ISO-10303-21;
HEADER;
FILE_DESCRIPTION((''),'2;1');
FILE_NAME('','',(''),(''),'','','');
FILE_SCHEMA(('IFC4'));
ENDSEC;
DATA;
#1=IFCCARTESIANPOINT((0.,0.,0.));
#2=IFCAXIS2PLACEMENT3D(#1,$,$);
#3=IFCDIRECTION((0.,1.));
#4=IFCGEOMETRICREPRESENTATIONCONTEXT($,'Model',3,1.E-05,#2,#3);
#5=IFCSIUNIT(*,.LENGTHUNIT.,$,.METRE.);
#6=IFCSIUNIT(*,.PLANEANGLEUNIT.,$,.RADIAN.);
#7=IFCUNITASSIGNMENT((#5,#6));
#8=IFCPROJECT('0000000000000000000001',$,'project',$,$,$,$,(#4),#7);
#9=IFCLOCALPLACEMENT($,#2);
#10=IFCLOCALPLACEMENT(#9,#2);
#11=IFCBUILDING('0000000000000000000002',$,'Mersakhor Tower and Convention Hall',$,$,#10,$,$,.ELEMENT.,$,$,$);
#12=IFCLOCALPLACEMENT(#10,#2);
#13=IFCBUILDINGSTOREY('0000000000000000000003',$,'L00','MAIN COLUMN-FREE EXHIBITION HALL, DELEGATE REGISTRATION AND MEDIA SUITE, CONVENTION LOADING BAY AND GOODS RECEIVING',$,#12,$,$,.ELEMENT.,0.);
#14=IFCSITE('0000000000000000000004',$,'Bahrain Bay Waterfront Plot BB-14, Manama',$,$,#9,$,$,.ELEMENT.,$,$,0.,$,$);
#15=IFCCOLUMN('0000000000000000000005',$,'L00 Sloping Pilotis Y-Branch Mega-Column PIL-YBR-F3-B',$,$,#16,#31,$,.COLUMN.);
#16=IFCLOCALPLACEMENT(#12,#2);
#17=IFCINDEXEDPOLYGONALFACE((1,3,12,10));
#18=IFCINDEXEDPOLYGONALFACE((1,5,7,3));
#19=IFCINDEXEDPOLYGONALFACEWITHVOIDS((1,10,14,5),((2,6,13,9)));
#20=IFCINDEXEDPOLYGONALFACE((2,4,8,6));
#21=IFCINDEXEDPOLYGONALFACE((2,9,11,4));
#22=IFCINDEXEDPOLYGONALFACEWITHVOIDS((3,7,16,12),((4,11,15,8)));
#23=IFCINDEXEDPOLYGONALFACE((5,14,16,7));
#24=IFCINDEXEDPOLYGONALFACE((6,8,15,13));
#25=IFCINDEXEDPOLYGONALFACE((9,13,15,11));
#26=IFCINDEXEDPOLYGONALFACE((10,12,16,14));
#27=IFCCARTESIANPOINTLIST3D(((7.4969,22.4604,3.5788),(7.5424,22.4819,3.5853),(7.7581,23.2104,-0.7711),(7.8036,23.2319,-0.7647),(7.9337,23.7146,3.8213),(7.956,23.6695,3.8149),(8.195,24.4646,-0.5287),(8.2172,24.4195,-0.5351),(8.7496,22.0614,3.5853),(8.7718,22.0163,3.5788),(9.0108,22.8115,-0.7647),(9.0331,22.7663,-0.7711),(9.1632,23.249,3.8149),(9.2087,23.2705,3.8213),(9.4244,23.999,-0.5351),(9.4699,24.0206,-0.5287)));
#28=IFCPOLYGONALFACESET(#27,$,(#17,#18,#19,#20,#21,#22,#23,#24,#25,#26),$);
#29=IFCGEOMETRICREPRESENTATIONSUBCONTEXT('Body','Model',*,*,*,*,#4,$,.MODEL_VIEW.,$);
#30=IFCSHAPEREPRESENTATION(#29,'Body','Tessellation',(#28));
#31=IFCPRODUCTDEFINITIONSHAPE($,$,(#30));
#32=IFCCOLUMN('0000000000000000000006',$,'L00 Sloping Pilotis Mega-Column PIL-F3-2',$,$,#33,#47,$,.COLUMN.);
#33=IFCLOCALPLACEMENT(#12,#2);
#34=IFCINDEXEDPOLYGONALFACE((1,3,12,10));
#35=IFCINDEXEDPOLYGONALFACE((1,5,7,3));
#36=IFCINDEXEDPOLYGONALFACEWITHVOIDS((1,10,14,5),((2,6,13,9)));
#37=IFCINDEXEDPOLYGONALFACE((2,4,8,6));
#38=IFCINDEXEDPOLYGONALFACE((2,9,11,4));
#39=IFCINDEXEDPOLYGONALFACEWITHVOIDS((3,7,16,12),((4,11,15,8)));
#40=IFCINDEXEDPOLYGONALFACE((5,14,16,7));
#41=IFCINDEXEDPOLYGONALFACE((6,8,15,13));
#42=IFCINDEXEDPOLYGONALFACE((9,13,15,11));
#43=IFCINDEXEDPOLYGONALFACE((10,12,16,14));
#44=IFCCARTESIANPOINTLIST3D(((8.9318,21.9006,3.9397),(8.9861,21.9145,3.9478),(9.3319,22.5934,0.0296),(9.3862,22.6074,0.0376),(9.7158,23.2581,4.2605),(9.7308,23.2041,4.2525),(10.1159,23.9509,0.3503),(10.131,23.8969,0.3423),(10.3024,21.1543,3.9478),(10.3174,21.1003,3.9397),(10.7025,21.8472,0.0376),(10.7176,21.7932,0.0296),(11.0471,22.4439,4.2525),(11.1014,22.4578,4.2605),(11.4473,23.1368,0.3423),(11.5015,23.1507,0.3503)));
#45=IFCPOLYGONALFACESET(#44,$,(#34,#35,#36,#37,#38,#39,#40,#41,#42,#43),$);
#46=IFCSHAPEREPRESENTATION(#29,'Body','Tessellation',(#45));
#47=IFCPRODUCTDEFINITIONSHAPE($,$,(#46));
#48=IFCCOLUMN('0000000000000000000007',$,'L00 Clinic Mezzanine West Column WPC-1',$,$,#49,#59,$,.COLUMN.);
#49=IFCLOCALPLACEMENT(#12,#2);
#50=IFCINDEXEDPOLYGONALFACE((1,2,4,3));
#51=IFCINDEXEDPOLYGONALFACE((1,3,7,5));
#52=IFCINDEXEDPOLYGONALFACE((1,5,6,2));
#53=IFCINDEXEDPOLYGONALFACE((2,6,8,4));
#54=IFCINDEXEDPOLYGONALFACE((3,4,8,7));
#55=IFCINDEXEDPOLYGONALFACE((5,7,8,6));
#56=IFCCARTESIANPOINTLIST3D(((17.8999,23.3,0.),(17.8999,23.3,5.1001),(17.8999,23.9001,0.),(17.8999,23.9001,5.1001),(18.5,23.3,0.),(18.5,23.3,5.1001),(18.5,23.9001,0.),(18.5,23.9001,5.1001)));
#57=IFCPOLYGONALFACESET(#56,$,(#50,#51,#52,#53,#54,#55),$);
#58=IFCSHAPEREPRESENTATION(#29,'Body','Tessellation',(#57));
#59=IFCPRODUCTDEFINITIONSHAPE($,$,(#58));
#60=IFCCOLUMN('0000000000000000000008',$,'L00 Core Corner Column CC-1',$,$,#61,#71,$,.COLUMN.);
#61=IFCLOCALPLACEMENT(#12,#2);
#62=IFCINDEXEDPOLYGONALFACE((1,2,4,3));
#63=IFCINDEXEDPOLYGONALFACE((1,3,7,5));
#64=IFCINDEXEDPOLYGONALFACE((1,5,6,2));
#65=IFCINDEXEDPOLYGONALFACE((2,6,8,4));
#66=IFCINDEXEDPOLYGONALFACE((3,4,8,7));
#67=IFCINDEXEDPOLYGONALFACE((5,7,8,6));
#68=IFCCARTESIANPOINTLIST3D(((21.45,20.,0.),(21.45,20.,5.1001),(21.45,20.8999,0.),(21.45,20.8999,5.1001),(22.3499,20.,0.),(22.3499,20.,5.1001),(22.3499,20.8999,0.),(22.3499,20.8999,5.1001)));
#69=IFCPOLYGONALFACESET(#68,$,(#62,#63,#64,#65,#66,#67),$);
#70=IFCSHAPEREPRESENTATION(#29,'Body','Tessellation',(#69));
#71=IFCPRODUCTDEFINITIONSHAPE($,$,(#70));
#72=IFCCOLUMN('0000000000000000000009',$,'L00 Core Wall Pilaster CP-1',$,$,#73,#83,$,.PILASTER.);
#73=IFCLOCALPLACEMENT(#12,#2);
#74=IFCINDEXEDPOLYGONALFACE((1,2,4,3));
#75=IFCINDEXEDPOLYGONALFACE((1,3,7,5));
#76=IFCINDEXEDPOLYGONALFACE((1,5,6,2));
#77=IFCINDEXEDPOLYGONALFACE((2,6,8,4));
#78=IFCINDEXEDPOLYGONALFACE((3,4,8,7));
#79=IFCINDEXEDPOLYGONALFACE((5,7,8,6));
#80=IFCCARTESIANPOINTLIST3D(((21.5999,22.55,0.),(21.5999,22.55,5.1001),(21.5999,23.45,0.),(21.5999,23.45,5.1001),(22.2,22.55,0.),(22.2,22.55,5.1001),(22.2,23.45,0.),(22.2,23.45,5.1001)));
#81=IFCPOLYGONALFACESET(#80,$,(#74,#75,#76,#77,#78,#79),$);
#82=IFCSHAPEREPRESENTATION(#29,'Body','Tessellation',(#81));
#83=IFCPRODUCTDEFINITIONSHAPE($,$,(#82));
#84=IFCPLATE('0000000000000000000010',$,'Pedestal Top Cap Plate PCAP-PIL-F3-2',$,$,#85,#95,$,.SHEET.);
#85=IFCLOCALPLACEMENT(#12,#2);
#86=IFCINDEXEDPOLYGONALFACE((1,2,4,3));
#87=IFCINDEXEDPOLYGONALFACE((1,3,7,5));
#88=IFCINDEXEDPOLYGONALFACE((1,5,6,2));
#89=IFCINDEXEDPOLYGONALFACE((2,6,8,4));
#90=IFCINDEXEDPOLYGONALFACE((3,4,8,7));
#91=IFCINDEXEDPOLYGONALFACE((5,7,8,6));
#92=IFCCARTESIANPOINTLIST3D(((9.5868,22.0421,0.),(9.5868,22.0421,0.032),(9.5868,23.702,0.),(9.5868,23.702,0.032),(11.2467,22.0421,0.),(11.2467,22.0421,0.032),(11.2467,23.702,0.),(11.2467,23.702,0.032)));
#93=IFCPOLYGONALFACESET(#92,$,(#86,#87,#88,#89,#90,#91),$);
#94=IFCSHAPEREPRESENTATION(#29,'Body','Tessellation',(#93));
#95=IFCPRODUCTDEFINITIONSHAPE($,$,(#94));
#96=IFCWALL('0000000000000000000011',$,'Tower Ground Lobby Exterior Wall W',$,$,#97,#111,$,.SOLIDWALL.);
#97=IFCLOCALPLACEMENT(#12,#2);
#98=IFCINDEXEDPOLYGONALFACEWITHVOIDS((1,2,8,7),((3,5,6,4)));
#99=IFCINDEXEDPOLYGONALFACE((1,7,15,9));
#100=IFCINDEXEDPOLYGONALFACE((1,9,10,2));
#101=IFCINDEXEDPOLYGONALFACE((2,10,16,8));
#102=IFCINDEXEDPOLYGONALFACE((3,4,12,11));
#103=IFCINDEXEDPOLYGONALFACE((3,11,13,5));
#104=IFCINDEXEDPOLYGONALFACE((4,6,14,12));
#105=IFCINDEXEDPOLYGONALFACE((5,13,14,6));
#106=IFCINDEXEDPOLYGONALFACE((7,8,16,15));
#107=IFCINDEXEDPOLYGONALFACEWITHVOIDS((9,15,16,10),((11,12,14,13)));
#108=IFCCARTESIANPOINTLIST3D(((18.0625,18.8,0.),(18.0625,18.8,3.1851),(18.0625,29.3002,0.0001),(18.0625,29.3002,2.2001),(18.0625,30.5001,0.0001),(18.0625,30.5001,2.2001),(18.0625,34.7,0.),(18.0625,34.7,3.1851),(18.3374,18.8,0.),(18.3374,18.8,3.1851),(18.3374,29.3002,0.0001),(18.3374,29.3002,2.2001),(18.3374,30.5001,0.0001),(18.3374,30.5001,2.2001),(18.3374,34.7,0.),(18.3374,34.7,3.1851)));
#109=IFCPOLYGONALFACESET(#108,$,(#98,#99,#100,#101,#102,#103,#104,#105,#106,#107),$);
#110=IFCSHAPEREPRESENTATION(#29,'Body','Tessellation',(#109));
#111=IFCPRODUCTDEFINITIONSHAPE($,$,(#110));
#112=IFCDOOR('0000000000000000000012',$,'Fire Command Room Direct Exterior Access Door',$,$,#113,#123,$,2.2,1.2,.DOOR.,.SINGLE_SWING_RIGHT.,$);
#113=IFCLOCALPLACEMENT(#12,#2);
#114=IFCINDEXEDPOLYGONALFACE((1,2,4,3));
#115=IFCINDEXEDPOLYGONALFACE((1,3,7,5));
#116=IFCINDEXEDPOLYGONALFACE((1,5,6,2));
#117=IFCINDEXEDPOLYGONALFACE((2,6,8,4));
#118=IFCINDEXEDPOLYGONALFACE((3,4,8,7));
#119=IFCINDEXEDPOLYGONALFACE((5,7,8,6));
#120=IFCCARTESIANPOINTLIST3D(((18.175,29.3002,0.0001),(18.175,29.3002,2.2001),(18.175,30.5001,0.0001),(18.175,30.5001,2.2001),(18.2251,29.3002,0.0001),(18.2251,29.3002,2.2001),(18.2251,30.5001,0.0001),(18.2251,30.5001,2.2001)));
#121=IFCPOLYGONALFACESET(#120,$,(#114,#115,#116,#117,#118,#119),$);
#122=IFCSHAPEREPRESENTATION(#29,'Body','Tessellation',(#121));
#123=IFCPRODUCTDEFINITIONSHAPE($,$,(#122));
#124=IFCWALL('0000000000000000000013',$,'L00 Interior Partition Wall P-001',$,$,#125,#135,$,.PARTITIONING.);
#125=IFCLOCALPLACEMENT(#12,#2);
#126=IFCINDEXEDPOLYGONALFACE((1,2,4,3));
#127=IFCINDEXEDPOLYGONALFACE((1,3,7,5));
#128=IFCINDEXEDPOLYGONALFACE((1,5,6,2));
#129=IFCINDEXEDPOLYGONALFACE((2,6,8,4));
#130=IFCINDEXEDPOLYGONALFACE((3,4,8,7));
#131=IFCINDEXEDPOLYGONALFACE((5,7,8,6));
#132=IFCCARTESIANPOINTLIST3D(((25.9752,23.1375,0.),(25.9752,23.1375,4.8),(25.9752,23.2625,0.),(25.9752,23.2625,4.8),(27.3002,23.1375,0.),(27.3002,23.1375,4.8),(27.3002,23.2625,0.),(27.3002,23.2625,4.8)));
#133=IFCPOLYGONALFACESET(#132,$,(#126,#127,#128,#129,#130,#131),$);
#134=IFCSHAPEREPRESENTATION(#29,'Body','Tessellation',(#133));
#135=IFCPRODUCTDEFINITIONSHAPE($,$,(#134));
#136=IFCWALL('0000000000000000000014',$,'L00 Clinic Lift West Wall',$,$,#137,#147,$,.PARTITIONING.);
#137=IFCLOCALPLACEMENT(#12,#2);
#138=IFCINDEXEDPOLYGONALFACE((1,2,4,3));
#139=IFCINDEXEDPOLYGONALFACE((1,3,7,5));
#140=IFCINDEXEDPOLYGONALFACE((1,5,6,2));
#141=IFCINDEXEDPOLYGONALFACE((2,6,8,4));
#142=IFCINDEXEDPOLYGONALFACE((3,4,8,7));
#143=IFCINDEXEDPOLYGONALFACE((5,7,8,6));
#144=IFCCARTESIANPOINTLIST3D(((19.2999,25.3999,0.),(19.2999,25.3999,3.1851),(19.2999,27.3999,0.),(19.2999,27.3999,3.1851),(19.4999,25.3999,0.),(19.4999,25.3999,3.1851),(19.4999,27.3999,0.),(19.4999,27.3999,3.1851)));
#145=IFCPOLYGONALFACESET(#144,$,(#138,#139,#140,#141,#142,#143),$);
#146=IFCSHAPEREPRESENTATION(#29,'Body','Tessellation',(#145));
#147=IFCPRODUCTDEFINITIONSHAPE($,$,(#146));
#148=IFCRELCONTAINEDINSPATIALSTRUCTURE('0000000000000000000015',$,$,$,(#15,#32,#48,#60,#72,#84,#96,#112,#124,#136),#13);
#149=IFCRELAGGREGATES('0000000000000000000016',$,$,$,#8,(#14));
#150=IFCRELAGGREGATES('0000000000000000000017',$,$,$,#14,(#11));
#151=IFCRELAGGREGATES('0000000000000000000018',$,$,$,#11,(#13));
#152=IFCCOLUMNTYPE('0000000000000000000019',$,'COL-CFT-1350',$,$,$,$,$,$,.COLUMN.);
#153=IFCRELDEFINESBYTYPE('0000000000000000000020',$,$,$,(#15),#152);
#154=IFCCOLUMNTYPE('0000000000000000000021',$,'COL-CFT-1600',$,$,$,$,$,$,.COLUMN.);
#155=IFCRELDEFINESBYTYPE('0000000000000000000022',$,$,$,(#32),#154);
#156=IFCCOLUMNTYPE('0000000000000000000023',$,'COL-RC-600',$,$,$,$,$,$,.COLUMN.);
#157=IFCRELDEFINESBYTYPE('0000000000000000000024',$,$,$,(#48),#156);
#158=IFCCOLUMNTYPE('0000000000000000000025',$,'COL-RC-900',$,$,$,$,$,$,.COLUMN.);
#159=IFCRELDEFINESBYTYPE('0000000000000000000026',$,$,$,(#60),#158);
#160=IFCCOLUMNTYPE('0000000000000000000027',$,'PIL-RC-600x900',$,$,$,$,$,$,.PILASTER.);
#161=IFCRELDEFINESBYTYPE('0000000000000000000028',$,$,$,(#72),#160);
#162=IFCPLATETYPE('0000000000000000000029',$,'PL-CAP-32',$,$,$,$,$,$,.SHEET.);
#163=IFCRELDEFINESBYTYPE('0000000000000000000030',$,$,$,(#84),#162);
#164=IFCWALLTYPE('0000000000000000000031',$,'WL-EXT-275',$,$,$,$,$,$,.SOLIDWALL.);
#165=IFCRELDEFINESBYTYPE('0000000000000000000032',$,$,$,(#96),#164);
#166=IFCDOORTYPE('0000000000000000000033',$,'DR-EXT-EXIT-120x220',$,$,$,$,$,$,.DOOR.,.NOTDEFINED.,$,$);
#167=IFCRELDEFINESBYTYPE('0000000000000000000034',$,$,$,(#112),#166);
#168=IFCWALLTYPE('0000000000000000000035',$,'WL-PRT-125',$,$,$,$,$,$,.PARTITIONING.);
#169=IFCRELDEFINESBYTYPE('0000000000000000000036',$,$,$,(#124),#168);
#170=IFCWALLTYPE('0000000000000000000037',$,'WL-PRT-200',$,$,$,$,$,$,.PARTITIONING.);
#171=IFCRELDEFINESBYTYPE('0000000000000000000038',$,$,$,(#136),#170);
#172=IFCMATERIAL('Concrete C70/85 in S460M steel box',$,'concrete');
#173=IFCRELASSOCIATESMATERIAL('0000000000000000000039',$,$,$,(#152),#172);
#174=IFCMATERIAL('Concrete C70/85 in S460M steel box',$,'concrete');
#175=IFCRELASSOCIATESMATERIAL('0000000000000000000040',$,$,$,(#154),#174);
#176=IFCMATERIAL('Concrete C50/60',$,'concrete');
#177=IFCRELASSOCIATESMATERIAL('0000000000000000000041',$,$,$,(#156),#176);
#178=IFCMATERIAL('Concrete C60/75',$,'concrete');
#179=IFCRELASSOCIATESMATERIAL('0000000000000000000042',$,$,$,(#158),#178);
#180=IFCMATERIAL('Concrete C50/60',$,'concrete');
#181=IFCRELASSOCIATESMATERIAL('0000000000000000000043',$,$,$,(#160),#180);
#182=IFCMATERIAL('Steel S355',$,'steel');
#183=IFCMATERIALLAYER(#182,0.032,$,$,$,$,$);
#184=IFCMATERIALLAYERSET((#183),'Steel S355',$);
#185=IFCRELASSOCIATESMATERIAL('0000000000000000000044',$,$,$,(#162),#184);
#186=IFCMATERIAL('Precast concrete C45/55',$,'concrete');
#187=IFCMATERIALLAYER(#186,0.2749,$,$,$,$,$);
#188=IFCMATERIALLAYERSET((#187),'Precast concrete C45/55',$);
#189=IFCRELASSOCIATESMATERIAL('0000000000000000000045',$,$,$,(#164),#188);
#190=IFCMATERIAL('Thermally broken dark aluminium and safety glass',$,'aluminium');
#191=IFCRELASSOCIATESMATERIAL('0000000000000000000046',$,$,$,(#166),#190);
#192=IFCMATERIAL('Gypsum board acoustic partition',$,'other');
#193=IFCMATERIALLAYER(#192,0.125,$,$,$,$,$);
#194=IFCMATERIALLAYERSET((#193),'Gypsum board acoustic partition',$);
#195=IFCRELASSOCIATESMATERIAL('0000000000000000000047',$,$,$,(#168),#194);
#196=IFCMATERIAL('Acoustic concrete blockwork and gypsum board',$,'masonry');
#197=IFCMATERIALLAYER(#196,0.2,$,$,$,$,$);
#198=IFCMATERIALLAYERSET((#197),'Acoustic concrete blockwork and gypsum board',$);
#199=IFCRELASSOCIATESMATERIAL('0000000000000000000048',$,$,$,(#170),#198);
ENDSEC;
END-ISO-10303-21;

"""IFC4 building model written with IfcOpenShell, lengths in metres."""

from ifc_helpers import new_model, si_unit, direction, frame, frame_2d, origin, origin_2d, place, context, subcontext, project, spatial, rectangle, hollow_rectangle, extrude, material, layer, layer_set, material_profile, profile_set, type_object, element, fill, save


model = new_model("IFC4")

# Units and contexts
model_context = context("Model", 3, precision=1e-05, world=origin(), true_north=direction((0.0, 1.0)))
body_context = subcontext(model_context, "Body", "Model", "MODEL_VIEW")
ifc_project = project(units=[si_unit("LENGTHUNIT", "METRE"), si_unit("PLANEANGLEUNIT", "RADIAN")], contexts=[model_context])

# Site, building, storey
site_placement = place(None, origin())
site = spatial("IfcSite", under=ifc_project, at=site_placement, Name="Bahrain Bay Waterfront Plot BB-14, Manama", CompositionType="ELEMENT", RefElevation=0.0)
building_placement = place(site_placement, origin())
building = spatial("IfcBuilding", under=site, at=building_placement, Name="Mersakhor Tower and Convention Hall", CompositionType="ELEMENT")
storey_placement = place(building_placement, origin())
storey = spatial("IfcBuildingStorey", under=building, at=storey_placement, Name="L00", Description="MAIN COLUMN-FREE EXHIBITION HALL, DELEGATE REGISTRATION AND MEDIA SUITE, CONVENTION LOADING BAY AND GOODS RECEIVING", CompositionType="ELEMENT", Elevation=0.0)

# Columns
ifc_material_1 = material(Name="Concrete C70/85 in S460M steel box", Category="concrete")
ifc_material_profile_1 = material_profile(ifc_material_1, hollow_rectangle(XDim=1.3501, YDim=1.3501, WallThickness=0.0359, at=origin_2d()), Name="SHS 1350x1350x36")
ifc_profile_set_1 = profile_set([ifc_material_profile_1], Name="Concrete C70/85 in S460M steel box")
column_type_1 = type_object("IfcColumnType", Name="COL-CFT-1350", PredefinedType="COLUMN", material=ifc_profile_set_1)
column_1_placement = place(storey_placement, frame((8.614, 23.6155, -0.6499), z_axis=(-0.059078, -0.169616, 0.983738), x_axis=(0.944356, -0.328926, 0.0)))
element("IfcColumn", 1, at=column_1_placement, inside=storey, type_object=column_type_1, Name="L00 Sloping Pilotis Y-Branch Mega-Column PIL-YBR-F3-B", PredefinedType="COLUMN", context=body_context, shape_type="SweptSolid", body=[
    extrude(hollow_rectangle(XDim=1.3501, YDim=1.3501, WallThickness=0.0359, at=origin_2d()), origin(), (0.0, 0.0, 1.0), 4.4219),
])
ifc_material_2 = material(Name="Concrete C70/85 in S460M steel box", Category="concrete")
ifc_material_profile_2 = material_profile(ifc_material_2, hollow_rectangle(XDim=1.6001, YDim=1.6001, WallThickness=0.04, at=origin_2d()), Name="SHS 1600x1600x40")
ifc_profile_set_2 = profile_set([ifc_material_profile_2], Name="Concrete C70/85 in S460M steel box")
column_type_2 = type_object("IfcColumnType", Name="COL-CFT-1600", PredefinedType="COLUMN", material=ifc_profile_set_2)
column_2_placement = place(storey_placement, frame((10.4167, 22.8721, 0.1899), z_axis=(-0.100258, -0.173601, 0.9797), x_axis=(0.865962, -0.50011, 0.0)))
element("IfcColumn", 2, at=column_2_placement, inside=storey, type_object=column_type_2, Name="L00 Sloping Pilotis Mega-Column PIL-F3-2", PredefinedType="COLUMN", context=body_context, shape_type="SweptSolid", body=[
    extrude(hollow_rectangle(XDim=1.6001, YDim=1.6001, WallThickness=0.04, at=origin_2d()), origin(), (0.0, 0.0, 1.0), 3.9912),
])
ifc_material_3 = material(Name="Concrete C50/60", Category="concrete")
ifc_material_profile_3 = material_profile(ifc_material_3, rectangle(XDim=0.6001, YDim=0.6001, at=origin_2d()), Name="RC 600x600")
ifc_profile_set_3 = profile_set([ifc_material_profile_3], Name="Concrete C50/60")
column_type_3 = type_object("IfcColumnType", Name="COL-RC-600", PredefinedType="COLUMN", material=ifc_profile_set_3)
column_3_placement = place(storey_placement, frame((18.2, 23.6001, 0.0), z_axis=(0.0, 0.0, 1.0), x_axis=(1.0, 0.0, 0.0)))
element("IfcColumn", 3, at=column_3_placement, inside=storey, type_object=column_type_3, Name="L00 Clinic Mezzanine West Column WPC-1", PredefinedType="COLUMN", context=body_context, shape_type="SweptSolid", body=[
    extrude(rectangle(XDim=0.6001, YDim=0.6001, at=origin_2d()), origin(), (0.0, 0.0, 1.0), 5.1001),
])
ifc_material_4 = material(Name="Concrete C60/75", Category="concrete")
ifc_material_profile_4 = material_profile(ifc_material_4, rectangle(XDim=0.8999, YDim=0.8999, at=origin_2d()), Name="RC 900x900")
ifc_profile_set_4 = profile_set([ifc_material_profile_4], Name="Concrete C60/75")
column_type_4 = type_object("IfcColumnType", Name="COL-RC-900", PredefinedType="COLUMN", material=ifc_profile_set_4)
column_4_placement = place(storey_placement, frame((21.8999, 20.45, 0.0), z_axis=(0.0, 0.0, 1.0), x_axis=(1.0, 0.0, 0.0)))
element("IfcColumn", 4, at=column_4_placement, inside=storey, type_object=column_type_4, Name="L00 Core Corner Column CC-1", PredefinedType="COLUMN", context=body_context, shape_type="SweptSolid", body=[
    extrude(rectangle(XDim=0.8999, YDim=0.8999, at=origin_2d()), origin(), (0.0, 0.0, 1.0), 5.1001),
])
ifc_material_5 = material(Name="Concrete C50/60", Category="concrete")
ifc_material_profile_5 = material_profile(ifc_material_5, rectangle(XDim=0.6001, YDim=0.8999, at=origin_2d()), Name="RC 600x900")
ifc_profile_set_5 = profile_set([ifc_material_profile_5], Name="Concrete C50/60")
column_type_5 = type_object("IfcColumnType", Name="PIL-RC-600x900", PredefinedType="PILASTER", material=ifc_profile_set_5)
column_5_placement = place(storey_placement, frame((21.8999, 23.0, 0.0), z_axis=(0.0, 0.0, 1.0), x_axis=(1.0, 0.0, 0.0)))
element("IfcColumn", 5, at=column_5_placement, inside=storey, type_object=column_type_5, Name="L00 Core Wall Pilaster CP-1", PredefinedType="PILASTER", context=body_context, shape_type="SweptSolid", body=[
    extrude(rectangle(XDim=0.6001, YDim=0.8999, at=origin_2d()), origin(), (0.0, 0.0, 1.0), 5.1001),
])

# Plate
ifc_material_6 = material(Name="Steel S355", Category="steel")
ifc_layer_1 = layer(ifc_material_6, 0.032)
ifc_layer_set_1 = layer_set([ifc_layer_1], Name="Steel S355")
plate_type = type_object("IfcPlateType", Name="PL-CAP-32", PredefinedType="SHEET", material=ifc_layer_set_1)
plate_placement = place(storey_placement, frame((10.4167, 22.8721, 0.0), z_axis=(0.0, 0.0, 1.0), x_axis=(1.0, 0.0, 0.0)))
element("IfcPlate", 6, at=plate_placement, inside=storey, type_object=plate_type, Name="Pedestal Top Cap Plate PCAP-PIL-F3-2", PredefinedType="SHEET", context=body_context, shape_type="SweptSolid", body=[
    extrude(rectangle(XDim=1.6599, YDim=1.6599, at=origin_2d()), origin(), (0.0, 0.0, 1.0), 0.032),
])

# Wall, opening, door
ifc_material_7 = material(Name="Precast concrete C45/55", Category="concrete")
ifc_layer_2 = layer(ifc_material_7, 0.2749)
ifc_layer_set_2 = layer_set([ifc_layer_2], Name="Precast concrete C45/55")
wall_type_1 = type_object("IfcWallType", Name="WL-EXT-275", PredefinedType="SOLIDWALL", material=ifc_layer_set_2)
wall_1_placement = place(storey_placement, frame((18.2, 18.8, 0.0), z_axis=(0.0, 0.0, 1.0), x_axis=(0.0, 1.0, 0.0)))
wall_1 = element("IfcWall", 7, at=wall_1_placement, inside=storey, type_object=wall_type_1, Name="Tower Ground Lobby Exterior Wall W", PredefinedType="SOLIDWALL", context=body_context, shape_type="SweptSolid", body=[
    extrude(rectangle(XDim=15.8999, YDim=0.2749, at=frame_2d((7.95, 0.0))), origin(), (0.0, 0.0, 1.0), 3.1851),
])
opening_1_placement = place(wall_1_placement, frame((10.5, 0.0, 0.0)))
opening_1 = element("IfcOpeningElement", 8, at=opening_1_placement, cuts=wall_1, PredefinedType="OPENING", context=body_context, shape_type="SweptSolid", body=[
    extrude(rectangle(XDim=1.2, YDim=2.2, at=frame_2d((0.6001, 1.1001))), frame((0.0, 0.1475, 0.0), z_axis=(0.0, -1.0, 0.0), x_axis=(1.0, 0.0, 0.0)), (0.0, 0.0, 1.0), 0.2949),
])
ifc_material_8 = material(Name="Thermally broken dark aluminium and safety glass", Category="aluminium")
door_type_1 = type_object("IfcDoorType", Name="DR-EXT-EXIT-120x220", OperationType="NOTDEFINED", PredefinedType="DOOR", material=ifc_material_8)
door_1_placement = place(opening_1_placement, origin())
door_1 = element("IfcDoor", 9, at=door_1_placement, inside=storey, type_object=door_type_1, Name="Fire Command Room Direct Exterior Access Door", OperationType="SINGLE_SWING_RIGHT", OverallHeight=2.2, OverallWidth=1.2, PredefinedType="DOOR", context=body_context, shape_type="SweptSolid", body=[
    extrude(rectangle(XDim=1.2, YDim=2.2, at=frame_2d((0.6001, 1.1001))), frame((0.0, 0.0249, 0.0), z_axis=(0.0, -1.0, 0.0), x_axis=(1.0, 0.0, 0.0)), (0.0, 0.0, 1.0), 0.05),
])
fill(opening_1, door_1)

# Walls
ifc_material_9 = material(Name="Gypsum board acoustic partition", Category="other")
ifc_layer_3 = layer(ifc_material_9, 0.125)
ifc_layer_set_3 = layer_set([ifc_layer_3], Name="Gypsum board acoustic partition")
wall_type_2 = type_object("IfcWallType", Name="WL-PRT-125", PredefinedType="PARTITIONING", material=ifc_layer_set_3)
wall_2_placement = place(storey_placement, frame((25.9751, 23.2, 0.0), z_axis=(0.0, 0.0, 1.0), x_axis=(1.0, 0.0, 0.0)))
element("IfcWall", 10, at=wall_2_placement, inside=storey, type_object=wall_type_2, Name="L00 Interior Partition Wall P-001", PredefinedType="PARTITIONING", context=body_context, shape_type="SweptSolid", body=[
    extrude(rectangle(XDim=1.325, YDim=0.125, at=frame_2d((0.6626, 0.0))), origin(), (0.0, 0.0, 1.0), 4.8),
])
ifc_material_10 = material(Name="Acoustic concrete blockwork and gypsum board", Category="masonry")
ifc_layer_4 = layer(ifc_material_10, 0.2)
ifc_layer_set_4 = layer_set([ifc_layer_4], Name="Acoustic concrete blockwork and gypsum board")
wall_type_3 = type_object("IfcWallType", Name="WL-PRT-200", PredefinedType="PARTITIONING", material=ifc_layer_set_4)
wall_3_placement = place(storey_placement, frame((19.3999, 25.3999, 0.0), z_axis=(0.0, 0.0, 1.0), x_axis=(0.0, 1.0, 0.0)))
element("IfcWall", 11, at=wall_3_placement, inside=storey, type_object=wall_type_3, Name="L00 Clinic Lift West Wall", PredefinedType="PARTITIONING", context=body_context, shape_type="SweptSolid", body=[
    extrude(rectangle(XDim=2.0, YDim=0.2, at=frame_2d((1.0, 0.0))), origin(), (0.0, 0.0, 1.0), 3.1851),
])

save(model, "model.ifc")
